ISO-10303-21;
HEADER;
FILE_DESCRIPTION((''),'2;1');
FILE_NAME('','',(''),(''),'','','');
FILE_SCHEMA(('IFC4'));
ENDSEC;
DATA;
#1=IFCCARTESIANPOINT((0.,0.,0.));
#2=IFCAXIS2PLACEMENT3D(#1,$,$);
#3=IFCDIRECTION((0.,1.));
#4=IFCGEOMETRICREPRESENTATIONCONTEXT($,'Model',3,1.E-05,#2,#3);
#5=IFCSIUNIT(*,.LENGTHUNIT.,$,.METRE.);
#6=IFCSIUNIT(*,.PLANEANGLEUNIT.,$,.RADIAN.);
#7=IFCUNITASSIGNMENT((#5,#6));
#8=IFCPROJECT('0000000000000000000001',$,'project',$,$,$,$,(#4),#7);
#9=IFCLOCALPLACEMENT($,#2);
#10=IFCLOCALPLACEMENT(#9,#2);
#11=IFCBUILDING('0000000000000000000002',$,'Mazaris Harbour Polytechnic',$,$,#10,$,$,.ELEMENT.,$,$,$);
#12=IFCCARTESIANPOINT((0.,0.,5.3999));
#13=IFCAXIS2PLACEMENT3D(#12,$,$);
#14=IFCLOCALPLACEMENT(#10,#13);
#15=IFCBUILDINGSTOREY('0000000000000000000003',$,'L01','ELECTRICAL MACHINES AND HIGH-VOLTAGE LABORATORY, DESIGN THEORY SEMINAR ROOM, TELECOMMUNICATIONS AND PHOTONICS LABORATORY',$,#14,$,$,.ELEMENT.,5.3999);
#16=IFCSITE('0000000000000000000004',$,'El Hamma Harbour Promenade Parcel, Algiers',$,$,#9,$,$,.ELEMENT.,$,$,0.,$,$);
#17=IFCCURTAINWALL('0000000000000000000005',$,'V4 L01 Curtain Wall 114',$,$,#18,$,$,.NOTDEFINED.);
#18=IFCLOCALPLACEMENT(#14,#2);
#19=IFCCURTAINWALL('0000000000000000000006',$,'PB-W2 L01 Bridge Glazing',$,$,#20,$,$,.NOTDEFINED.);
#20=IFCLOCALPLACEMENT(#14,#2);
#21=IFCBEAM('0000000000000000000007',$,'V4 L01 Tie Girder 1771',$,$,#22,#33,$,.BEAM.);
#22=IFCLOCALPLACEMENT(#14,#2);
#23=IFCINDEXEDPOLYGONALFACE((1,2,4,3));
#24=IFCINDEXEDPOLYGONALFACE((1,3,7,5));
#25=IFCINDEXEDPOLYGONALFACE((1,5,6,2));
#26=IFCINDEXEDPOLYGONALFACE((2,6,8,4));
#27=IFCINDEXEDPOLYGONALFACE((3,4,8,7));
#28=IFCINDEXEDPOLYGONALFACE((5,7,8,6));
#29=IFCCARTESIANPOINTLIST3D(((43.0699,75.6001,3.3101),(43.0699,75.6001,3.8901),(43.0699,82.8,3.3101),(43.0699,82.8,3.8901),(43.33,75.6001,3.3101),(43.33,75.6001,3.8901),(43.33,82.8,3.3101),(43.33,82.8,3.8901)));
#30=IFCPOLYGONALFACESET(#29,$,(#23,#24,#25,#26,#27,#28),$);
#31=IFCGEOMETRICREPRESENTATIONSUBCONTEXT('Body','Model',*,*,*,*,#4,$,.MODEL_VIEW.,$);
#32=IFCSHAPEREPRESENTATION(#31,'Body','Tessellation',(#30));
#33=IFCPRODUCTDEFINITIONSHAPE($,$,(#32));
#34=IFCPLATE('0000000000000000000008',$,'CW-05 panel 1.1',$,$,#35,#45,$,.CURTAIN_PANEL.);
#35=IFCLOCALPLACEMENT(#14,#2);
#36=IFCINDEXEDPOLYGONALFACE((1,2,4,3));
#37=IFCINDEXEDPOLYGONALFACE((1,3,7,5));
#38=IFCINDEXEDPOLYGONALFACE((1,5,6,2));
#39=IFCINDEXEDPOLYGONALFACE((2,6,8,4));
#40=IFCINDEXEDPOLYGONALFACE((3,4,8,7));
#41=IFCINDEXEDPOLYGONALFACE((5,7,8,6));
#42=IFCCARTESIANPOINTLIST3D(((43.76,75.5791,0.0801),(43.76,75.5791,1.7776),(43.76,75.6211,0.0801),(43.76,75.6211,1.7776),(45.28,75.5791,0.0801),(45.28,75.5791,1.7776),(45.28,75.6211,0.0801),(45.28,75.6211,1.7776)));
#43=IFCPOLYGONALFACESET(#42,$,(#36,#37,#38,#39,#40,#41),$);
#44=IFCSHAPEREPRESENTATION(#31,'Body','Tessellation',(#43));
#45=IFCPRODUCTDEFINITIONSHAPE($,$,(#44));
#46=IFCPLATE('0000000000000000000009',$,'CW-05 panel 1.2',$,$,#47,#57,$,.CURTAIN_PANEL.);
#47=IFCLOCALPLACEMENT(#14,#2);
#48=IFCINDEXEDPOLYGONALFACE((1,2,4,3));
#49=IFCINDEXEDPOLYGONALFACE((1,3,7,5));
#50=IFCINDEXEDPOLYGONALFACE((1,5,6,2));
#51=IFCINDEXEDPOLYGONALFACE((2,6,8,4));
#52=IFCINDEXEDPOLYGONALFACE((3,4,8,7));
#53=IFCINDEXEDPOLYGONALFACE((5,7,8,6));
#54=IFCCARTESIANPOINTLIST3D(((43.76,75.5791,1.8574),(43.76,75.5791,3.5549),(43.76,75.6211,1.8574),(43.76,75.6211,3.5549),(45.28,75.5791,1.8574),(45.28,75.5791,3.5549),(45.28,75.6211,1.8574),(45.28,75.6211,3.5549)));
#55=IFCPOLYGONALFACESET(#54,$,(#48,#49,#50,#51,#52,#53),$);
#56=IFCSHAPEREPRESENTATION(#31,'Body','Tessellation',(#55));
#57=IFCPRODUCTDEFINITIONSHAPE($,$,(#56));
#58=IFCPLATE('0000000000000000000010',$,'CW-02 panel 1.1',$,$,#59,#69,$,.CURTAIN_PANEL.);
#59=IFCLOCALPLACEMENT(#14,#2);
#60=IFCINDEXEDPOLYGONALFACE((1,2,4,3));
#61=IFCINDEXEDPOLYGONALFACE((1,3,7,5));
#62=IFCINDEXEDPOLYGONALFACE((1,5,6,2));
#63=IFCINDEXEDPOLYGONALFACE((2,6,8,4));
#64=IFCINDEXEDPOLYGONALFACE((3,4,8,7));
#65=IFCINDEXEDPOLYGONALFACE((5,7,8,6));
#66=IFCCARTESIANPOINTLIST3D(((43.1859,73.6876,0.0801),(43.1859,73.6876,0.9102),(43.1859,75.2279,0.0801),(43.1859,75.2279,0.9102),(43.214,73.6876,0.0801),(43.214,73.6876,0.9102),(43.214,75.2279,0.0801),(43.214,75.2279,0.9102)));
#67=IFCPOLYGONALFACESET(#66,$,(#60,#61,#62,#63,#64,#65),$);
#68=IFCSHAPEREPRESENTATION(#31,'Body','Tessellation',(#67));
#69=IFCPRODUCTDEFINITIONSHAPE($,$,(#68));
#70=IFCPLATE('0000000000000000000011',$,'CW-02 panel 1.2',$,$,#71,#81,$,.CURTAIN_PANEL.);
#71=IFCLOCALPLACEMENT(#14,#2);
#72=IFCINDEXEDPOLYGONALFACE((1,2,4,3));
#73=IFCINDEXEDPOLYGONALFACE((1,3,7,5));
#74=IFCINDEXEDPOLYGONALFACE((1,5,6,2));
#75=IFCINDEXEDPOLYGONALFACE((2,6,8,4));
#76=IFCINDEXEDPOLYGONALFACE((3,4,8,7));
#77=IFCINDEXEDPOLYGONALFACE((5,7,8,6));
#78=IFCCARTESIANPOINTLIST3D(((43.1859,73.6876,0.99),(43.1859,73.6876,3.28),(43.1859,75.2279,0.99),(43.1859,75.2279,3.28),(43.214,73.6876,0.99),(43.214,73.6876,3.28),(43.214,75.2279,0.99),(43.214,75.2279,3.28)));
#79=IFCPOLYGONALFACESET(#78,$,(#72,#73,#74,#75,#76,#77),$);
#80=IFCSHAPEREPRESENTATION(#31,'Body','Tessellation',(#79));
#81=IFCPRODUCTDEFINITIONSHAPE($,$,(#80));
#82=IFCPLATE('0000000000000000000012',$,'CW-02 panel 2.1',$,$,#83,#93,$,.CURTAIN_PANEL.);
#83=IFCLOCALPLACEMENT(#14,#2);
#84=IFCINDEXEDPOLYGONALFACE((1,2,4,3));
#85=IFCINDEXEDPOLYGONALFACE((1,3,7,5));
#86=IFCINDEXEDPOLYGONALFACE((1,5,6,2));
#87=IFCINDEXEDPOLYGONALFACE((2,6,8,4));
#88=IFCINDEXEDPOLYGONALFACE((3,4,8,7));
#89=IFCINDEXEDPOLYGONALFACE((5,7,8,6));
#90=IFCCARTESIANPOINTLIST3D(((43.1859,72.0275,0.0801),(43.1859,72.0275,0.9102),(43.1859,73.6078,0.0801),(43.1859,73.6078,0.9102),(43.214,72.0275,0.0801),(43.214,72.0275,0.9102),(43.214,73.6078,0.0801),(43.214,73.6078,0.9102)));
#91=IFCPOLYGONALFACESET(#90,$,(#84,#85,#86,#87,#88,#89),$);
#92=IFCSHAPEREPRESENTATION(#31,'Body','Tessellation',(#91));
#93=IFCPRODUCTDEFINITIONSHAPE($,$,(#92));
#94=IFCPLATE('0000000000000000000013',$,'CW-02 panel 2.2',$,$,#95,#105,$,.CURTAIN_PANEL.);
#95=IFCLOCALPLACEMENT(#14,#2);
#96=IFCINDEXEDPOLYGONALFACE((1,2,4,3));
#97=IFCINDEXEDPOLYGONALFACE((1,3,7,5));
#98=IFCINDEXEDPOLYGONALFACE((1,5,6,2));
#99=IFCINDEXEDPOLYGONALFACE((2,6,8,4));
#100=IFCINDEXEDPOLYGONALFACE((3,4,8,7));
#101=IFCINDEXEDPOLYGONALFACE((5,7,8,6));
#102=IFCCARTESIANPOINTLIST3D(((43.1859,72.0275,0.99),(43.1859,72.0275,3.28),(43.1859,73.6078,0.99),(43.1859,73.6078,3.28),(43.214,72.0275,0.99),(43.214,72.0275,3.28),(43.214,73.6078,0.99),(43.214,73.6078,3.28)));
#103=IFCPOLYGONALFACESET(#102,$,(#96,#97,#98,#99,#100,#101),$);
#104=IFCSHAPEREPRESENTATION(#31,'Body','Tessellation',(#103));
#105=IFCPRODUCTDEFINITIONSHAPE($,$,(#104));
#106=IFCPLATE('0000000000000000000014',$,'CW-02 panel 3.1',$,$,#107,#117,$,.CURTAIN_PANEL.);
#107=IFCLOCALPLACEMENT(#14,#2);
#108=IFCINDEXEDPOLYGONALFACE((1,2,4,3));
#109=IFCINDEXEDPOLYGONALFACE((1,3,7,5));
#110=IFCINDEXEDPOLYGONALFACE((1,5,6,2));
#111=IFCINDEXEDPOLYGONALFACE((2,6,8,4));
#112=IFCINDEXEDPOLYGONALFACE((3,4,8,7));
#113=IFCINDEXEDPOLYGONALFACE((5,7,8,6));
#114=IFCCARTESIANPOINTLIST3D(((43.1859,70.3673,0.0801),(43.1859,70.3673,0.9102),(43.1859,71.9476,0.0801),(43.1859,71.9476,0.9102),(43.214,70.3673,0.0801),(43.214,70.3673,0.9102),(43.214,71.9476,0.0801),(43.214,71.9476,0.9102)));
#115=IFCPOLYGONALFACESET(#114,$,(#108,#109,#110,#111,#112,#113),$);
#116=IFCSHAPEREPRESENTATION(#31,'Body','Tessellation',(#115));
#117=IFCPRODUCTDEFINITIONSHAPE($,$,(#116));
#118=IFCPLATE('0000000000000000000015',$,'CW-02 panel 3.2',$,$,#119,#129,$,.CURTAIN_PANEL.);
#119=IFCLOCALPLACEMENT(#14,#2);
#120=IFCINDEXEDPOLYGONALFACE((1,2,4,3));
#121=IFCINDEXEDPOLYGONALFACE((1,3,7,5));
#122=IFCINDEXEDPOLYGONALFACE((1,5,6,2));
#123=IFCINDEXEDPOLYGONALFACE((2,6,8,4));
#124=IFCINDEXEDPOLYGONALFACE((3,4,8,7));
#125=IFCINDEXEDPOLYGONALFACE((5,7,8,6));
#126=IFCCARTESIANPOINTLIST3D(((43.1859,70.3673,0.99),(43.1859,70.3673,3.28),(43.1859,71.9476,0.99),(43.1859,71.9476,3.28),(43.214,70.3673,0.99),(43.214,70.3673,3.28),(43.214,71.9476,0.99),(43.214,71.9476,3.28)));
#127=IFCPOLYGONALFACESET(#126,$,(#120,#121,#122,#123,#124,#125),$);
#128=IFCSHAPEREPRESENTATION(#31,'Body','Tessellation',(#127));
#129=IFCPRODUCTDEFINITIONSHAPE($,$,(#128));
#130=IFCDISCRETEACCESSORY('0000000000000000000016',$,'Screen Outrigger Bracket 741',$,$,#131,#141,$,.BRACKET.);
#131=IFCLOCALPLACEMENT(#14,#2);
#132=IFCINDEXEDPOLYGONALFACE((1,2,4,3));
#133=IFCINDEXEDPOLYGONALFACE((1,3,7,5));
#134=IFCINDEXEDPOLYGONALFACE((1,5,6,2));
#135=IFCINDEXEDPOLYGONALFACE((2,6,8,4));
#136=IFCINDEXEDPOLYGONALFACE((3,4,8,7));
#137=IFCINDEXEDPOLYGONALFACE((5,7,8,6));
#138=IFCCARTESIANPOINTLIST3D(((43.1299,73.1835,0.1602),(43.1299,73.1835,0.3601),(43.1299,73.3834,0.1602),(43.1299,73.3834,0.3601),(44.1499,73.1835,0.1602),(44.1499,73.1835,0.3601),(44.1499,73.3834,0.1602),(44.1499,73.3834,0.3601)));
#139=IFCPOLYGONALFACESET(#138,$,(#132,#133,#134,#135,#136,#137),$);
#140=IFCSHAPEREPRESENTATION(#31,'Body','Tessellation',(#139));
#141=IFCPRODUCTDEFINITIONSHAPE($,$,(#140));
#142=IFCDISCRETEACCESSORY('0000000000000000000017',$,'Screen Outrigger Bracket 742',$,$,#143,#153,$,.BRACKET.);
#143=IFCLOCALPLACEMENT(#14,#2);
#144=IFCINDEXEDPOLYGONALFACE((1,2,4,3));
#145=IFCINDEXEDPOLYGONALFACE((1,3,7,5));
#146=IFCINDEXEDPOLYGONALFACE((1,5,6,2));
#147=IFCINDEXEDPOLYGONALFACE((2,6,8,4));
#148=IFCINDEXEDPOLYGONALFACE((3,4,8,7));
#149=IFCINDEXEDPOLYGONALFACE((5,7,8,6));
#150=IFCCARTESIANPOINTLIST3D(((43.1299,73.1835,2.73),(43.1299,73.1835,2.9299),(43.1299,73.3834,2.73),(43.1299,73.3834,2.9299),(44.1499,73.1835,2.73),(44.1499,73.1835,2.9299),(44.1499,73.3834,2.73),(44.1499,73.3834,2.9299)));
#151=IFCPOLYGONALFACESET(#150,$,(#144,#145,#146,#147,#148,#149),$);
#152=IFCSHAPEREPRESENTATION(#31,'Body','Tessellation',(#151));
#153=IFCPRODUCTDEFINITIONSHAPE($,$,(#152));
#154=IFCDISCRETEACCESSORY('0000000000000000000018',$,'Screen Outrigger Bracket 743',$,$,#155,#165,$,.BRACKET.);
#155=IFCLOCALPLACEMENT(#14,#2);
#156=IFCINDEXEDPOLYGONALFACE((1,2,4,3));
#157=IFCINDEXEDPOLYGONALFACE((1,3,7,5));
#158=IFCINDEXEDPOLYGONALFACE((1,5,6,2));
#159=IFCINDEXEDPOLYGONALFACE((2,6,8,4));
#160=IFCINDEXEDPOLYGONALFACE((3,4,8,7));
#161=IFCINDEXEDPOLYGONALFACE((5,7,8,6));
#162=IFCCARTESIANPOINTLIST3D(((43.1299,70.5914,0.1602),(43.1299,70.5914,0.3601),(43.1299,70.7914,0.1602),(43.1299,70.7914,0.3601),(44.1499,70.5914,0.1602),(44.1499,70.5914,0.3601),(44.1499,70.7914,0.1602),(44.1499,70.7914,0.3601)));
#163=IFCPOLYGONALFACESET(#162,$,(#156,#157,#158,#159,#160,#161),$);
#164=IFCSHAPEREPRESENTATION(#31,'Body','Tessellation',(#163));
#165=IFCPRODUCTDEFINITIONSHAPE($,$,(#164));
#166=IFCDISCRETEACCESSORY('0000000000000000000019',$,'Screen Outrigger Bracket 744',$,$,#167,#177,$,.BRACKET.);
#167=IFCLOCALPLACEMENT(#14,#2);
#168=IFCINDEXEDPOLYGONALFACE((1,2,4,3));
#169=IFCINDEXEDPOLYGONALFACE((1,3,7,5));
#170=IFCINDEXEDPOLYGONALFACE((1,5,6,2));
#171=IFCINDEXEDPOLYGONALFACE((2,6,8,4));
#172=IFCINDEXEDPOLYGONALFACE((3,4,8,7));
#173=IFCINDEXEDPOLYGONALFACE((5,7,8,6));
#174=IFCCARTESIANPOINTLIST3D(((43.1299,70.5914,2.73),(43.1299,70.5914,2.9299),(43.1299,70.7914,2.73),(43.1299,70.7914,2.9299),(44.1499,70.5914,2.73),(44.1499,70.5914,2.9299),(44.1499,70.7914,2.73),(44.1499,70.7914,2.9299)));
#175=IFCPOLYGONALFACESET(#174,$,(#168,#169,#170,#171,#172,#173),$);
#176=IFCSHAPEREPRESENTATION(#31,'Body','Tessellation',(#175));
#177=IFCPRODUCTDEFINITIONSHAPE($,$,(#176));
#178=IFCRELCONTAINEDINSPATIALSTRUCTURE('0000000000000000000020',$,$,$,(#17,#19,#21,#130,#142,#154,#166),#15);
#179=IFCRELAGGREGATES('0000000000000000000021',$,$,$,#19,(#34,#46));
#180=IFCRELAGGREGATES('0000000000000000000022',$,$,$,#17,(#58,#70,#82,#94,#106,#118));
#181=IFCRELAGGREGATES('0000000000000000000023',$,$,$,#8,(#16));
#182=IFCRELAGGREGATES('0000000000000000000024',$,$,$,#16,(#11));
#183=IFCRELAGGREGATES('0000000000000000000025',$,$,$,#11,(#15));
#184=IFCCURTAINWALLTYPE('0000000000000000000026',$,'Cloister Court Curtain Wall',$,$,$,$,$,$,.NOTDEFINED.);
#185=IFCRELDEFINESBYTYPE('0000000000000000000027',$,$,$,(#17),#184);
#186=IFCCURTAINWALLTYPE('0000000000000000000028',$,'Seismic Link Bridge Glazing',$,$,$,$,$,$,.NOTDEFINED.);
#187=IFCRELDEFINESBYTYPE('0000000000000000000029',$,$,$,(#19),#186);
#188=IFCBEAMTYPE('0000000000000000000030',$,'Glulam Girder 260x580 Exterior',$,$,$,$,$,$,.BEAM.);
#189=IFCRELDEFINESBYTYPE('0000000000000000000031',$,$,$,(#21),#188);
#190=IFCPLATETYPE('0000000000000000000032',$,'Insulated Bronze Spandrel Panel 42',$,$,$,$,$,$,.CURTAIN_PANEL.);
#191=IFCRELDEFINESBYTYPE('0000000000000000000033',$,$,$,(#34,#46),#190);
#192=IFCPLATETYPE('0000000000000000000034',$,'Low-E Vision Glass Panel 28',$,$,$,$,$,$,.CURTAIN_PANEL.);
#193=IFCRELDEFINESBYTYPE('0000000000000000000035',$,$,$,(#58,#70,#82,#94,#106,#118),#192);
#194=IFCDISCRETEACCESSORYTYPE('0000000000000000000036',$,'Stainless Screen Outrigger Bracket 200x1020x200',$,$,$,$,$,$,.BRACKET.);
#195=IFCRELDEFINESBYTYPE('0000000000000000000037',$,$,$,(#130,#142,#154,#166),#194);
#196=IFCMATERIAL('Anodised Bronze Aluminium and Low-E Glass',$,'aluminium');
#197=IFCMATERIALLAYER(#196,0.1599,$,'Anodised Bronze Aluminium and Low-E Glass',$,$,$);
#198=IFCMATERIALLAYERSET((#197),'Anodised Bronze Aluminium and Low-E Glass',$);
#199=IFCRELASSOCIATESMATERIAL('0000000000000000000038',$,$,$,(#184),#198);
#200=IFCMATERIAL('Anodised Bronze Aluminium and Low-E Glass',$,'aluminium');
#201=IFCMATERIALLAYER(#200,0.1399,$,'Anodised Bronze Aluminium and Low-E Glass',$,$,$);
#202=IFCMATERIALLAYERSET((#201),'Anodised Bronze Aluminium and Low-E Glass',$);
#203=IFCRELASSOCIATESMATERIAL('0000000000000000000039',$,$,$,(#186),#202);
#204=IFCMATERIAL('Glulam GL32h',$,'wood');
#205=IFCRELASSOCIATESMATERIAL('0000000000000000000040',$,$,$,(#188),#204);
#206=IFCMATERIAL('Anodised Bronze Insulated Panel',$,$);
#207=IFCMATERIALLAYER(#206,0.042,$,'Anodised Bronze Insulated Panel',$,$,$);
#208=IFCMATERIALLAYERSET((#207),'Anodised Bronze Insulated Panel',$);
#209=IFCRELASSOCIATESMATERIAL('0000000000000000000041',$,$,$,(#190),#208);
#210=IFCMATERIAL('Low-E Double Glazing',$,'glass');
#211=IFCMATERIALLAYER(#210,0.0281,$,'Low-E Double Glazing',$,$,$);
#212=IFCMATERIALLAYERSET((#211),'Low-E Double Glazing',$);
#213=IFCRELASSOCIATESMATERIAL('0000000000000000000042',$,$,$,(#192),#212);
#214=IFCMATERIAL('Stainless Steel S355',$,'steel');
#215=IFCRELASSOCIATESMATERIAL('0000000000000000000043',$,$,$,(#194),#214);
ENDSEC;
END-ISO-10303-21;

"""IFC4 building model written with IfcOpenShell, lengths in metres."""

from ifc_helpers import new_model, si_unit, direction, frame, origin, origin_2d, place, context, subcontext, project, spatial, rectangle, extrude, material, layer, layer_set, material_profile, profile_set, type_object, element, aggregate, save


model = new_model("IFC4")

# Units and contexts
model_context = context("Model", 3, precision=1e-05, world=origin(), true_north=direction((0.0, 1.0)))
body_context = subcontext(model_context, "Body", "Model", "MODEL_VIEW")
ifc_project = project(units=[si_unit("LENGTHUNIT", "METRE"), si_unit("PLANEANGLEUNIT", "RADIAN")], contexts=[model_context])

# Site, building, storey
site_placement = place(None, origin())
site = spatial("IfcSite", under=ifc_project, at=site_placement, Name="El Hamma Harbour Promenade Parcel, Algiers", CompositionType="ELEMENT", RefElevation=0.0)
building_placement = place(site_placement, origin())
building = spatial("IfcBuilding", under=site, at=building_placement, Name="Mazaris Harbour Polytechnic", CompositionType="ELEMENT")
storey_placement = place(building_placement, frame((0.0, 0.0, 5.3999)))
storey = spatial("IfcBuildingStorey", under=building, at=storey_placement, Name="L01", Description="ELECTRICAL MACHINES AND HIGH-VOLTAGE LABORATORY, DESIGN THEORY SEMINAR ROOM, TELECOMMUNICATIONS AND PHOTONICS LABORATORY", CompositionType="ELEMENT", Elevation=5.3999)

# Curtain walls
ifc_material_1 = material(Name="Anodised Bronze Aluminium and Low-E Glass", Category="aluminium")
ifc_layer_1 = layer(ifc_material_1, 0.1599, Name="Anodised Bronze Aluminium and Low-E Glass")
ifc_layer_set_1 = layer_set([ifc_layer_1], Name="Anodised Bronze Aluminium and Low-E Glass")
curtain_wall_type_1 = type_object("IfcCurtainWallType", Name="Cloister Court Curtain Wall", PredefinedType="NOTDEFINED", material=ifc_layer_set_1)
curtain_wall_1_placement = place(storey_placement, origin())
curtain_wall_1 = element("IfcCurtainWall", 1, at=curtain_wall_1_placement, inside=storey, type_object=curtain_wall_type_1, Name="V4 L01 Curtain Wall 114", PredefinedType="NOTDEFINED")
ifc_material_2 = material(Name="Anodised Bronze Aluminium and Low-E Glass", Category="aluminium")
ifc_layer_2 = layer(ifc_material_2, 0.1399, Name="Anodised Bronze Aluminium and Low-E Glass")
ifc_layer_set_2 = layer_set([ifc_layer_2], Name="Anodised Bronze Aluminium and Low-E Glass")
curtain_wall_type_2 = type_object("IfcCurtainWallType", Name="Seismic Link Bridge Glazing", PredefinedType="NOTDEFINED", material=ifc_layer_set_2)
curtain_wall_2_placement = place(storey_placement, origin())
curtain_wall_2 = element("IfcCurtainWall", 2, at=curtain_wall_2_placement, inside=storey, type_object=curtain_wall_type_2, Name="PB-W2 L01 Bridge Glazing", PredefinedType="NOTDEFINED")

# Beam
ifc_material_3 = material(Name="Glulam GL32h", Category="wood")
ifc_material_profile_1 = material_profile(ifc_material_3, rectangle(XDim=0.26, YDim=0.5801, at=origin_2d()), Name="RECT260x580")
ifc_profile_set_1 = profile_set([ifc_material_profile_1], Name="Glulam GL32h")
beam_type = type_object("IfcBeamType", Name="Glulam Girder 260x580 Exterior", PredefinedType="BEAM", material=ifc_profile_set_1)
beam_placement = place(storey_placement, frame((43.2, 75.6001, 3.6001), z_axis=(0.0, 1.0, 0.0), x_axis=(-1.0, 0.0, 0.0)))
element("IfcBeam", 3, at=beam_placement, inside=storey, type_object=beam_type, Name="V4 L01 Tie Girder 1771", PredefinedType="BEAM", context=body_context, shape_type="SweptSolid", body=[
    extrude(rectangle(XDim=0.26, YDim=0.5801, at=origin_2d()), origin(), (0.0, 0.0, 1.0), 7.2),
])

# Plates
ifc_material_4 = material(Name="Anodised Bronze Insulated Panel")
ifc_layer_3 = layer(ifc_material_4, 0.042, Name="Anodised Bronze Insulated Panel")
ifc_layer_set_3 = layer_set([ifc_layer_3], Name="Anodised Bronze Insulated Panel")
plate_type_1 = type_object("IfcPlateType", Name="Insulated Bronze Spandrel Panel 42", PredefinedType="CURTAIN_PANEL", material=ifc_layer_set_3)
plate_1_placement = place(storey_placement, frame((44.52, 75.6001, 0.0801), z_axis=(0.0, 0.0, 1.0), x_axis=(1.0, 0.0, 0.0)))
plate_1 = element("IfcPlate", 4, at=plate_1_placement, type_object=plate_type_1, Name="CW-05 panel 1.1", PredefinedType="CURTAIN_PANEL", context=body_context, shape_type="SweptSolid", body=[
    extrude(rectangle(XDim=1.52, YDim=0.042, at=origin_2d()), origin(), (0.0, 0.0, 1.0), 1.6975),
])
plate_2_placement = place(storey_placement, frame((44.52, 75.6001, 1.8574), z_axis=(0.0, 0.0, 1.0), x_axis=(1.0, 0.0, 0.0)))
plate_2 = element("IfcPlate", 5, at=plate_2_placement, type_object=plate_type_1, Name="CW-05 panel 1.2", PredefinedType="CURTAIN_PANEL", context=body_context, shape_type="SweptSolid", body=[
    extrude(rectangle(XDim=1.52, YDim=0.042, at=origin_2d()), origin(), (0.0, 0.0, 1.0), 1.6975),
])
aggregate(curtain_wall_2, [plate_1, plate_2])
ifc_material_5 = material(Name="Low-E Double Glazing", Category="glass")
ifc_layer_4 = layer(ifc_material_5, 0.0281, Name="Low-E Double Glazing")
ifc_layer_set_4 = layer_set([ifc_layer_4], Name="Low-E Double Glazing")
plate_type_2 = type_object("IfcPlateType", Name="Low-E Vision Glass Panel 28", PredefinedType="CURTAIN_PANEL", material=ifc_layer_set_4)
plate_3_placement = place(storey_placement, frame((43.2, 74.4578, 0.0801), z_axis=(0.0, 0.0, 1.0), x_axis=(0.0, -1.0, 0.0)))
plate_3 = element("IfcPlate", 6, at=plate_3_placement, type_object=plate_type_2, Name="CW-02 panel 1.1", PredefinedType="CURTAIN_PANEL", context=body_context, shape_type="SweptSolid", body=[
    extrude(rectangle(XDim=1.5403, YDim=0.0281, at=origin_2d()), origin(), (0.0, 0.0, 1.0), 0.8301),
])
plate_4_placement = place(storey_placement, frame((43.2, 74.4578, 0.99), z_axis=(0.0, 0.0, 1.0), x_axis=(0.0, -1.0, 0.0)))
plate_4 = element("IfcPlate", 7, at=plate_4_placement, type_object=plate_type_2, Name="CW-02 panel 1.2", PredefinedType="CURTAIN_PANEL", context=body_context, shape_type="SweptSolid", body=[
    extrude(rectangle(XDim=1.5403, YDim=0.0281, at=origin_2d()), origin(), (0.0, 0.0, 1.0), 2.29),
])
plate_5_placement = place(storey_placement, frame((43.2, 72.8176, 0.0801), z_axis=(0.0, 0.0, 1.0), x_axis=(0.0, -1.0, 0.0)))
plate_5 = element("IfcPlate", 8, at=plate_5_placement, type_object=plate_type_2, Name="CW-02 panel 2.1", PredefinedType="CURTAIN_PANEL", context=body_context, shape_type="SweptSolid", body=[
    extrude(rectangle(XDim=1.5803, YDim=0.0281, at=origin_2d()), origin(), (0.0, 0.0, 1.0), 0.8301),
])
plate_6_placement = place(storey_placement, frame((43.2, 72.8176, 0.99), z_axis=(0.0, 0.0, 1.0), x_axis=(0.0, -1.0, 0.0)))
plate_6 = element("IfcPlate", 9, at=plate_6_placement, type_object=plate_type_2, Name="CW-02 panel 2.2", PredefinedType="CURTAIN_PANEL", context=body_context, shape_type="SweptSolid", body=[
    extrude(rectangle(XDim=1.5803, YDim=0.0281, at=origin_2d()), origin(), (0.0, 0.0, 1.0), 2.29),
])
plate_7_placement = place(storey_placement, frame((43.2, 71.1575, 0.0801), z_axis=(0.0, 0.0, 1.0), x_axis=(0.0, -1.0, 0.0)))
plate_7 = element("IfcPlate", 10, at=plate_7_placement, type_object=plate_type_2, Name="CW-02 panel 3.1", PredefinedType="CURTAIN_PANEL", context=body_context, shape_type="SweptSolid", body=[
    extrude(rectangle(XDim=1.5803, YDim=0.0281, at=origin_2d()), origin(), (0.0, 0.0, 1.0), 0.8301),
])
plate_8_placement = place(storey_placement, frame((43.2, 71.1575, 0.99), z_axis=(0.0, 0.0, 1.0), x_axis=(0.0, -1.0, 0.0)))
plate_8 = element("IfcPlate", 11, at=plate_8_placement, type_object=plate_type_2, Name="CW-02 panel 3.2", PredefinedType="CURTAIN_PANEL", context=body_context, shape_type="SweptSolid", body=[
    extrude(rectangle(XDim=1.5803, YDim=0.0281, at=origin_2d()), origin(), (0.0, 0.0, 1.0), 2.29),
])
aggregate(curtain_wall_1, [plate_3, plate_4, plate_5, plate_6, plate_7, plate_8])

# Discrete accessories
ifc_material_6 = material(Name="Stainless Steel S355", Category="steel")
discrete_accessory_type = type_object("IfcDiscreteAccessoryType", Name="Stainless Screen Outrigger Bracket 200x1020x200", PredefinedType="BRACKET", material=ifc_material_6)
for number, where, z_axis, x_axis, name in (
    (12, (43.6399, 73.2834, 0.1602), (0.0, 0.0, 1.0), (0.0, -1.0, 0.0), "Screen Outrigger Bracket 741"),
    (13, (43.6399, 73.2834, 2.73), (0.0, 0.0, 1.0), (0.0, -1.0, 0.0), "Screen Outrigger Bracket 742"),
    (14, (43.6399, 70.6914, 0.1602), (0.0, 0.0, 1.0), (0.0, -1.0, 0.0), "Screen Outrigger Bracket 743"),
    (15, (43.6399, 70.6914, 2.73), (0.0, 0.0, 1.0), (0.0, -1.0, 0.0), "Screen Outrigger Bracket 744"),
):
    element("IfcDiscreteAccessory", number, at=place(storey_placement, frame(where, z_axis=z_axis, x_axis=x_axis)), inside=storey, type_object=discrete_accessory_type, Name=name, PredefinedType="BRACKET", context=body_context, shape_type="SweptSolid", body=[
        extrude(rectangle(XDim=0.2, YDim=1.02, at=origin_2d()), origin(), (0.0, 0.0, 1.0), 0.2),
    ])

save(model, "model.ifc")
